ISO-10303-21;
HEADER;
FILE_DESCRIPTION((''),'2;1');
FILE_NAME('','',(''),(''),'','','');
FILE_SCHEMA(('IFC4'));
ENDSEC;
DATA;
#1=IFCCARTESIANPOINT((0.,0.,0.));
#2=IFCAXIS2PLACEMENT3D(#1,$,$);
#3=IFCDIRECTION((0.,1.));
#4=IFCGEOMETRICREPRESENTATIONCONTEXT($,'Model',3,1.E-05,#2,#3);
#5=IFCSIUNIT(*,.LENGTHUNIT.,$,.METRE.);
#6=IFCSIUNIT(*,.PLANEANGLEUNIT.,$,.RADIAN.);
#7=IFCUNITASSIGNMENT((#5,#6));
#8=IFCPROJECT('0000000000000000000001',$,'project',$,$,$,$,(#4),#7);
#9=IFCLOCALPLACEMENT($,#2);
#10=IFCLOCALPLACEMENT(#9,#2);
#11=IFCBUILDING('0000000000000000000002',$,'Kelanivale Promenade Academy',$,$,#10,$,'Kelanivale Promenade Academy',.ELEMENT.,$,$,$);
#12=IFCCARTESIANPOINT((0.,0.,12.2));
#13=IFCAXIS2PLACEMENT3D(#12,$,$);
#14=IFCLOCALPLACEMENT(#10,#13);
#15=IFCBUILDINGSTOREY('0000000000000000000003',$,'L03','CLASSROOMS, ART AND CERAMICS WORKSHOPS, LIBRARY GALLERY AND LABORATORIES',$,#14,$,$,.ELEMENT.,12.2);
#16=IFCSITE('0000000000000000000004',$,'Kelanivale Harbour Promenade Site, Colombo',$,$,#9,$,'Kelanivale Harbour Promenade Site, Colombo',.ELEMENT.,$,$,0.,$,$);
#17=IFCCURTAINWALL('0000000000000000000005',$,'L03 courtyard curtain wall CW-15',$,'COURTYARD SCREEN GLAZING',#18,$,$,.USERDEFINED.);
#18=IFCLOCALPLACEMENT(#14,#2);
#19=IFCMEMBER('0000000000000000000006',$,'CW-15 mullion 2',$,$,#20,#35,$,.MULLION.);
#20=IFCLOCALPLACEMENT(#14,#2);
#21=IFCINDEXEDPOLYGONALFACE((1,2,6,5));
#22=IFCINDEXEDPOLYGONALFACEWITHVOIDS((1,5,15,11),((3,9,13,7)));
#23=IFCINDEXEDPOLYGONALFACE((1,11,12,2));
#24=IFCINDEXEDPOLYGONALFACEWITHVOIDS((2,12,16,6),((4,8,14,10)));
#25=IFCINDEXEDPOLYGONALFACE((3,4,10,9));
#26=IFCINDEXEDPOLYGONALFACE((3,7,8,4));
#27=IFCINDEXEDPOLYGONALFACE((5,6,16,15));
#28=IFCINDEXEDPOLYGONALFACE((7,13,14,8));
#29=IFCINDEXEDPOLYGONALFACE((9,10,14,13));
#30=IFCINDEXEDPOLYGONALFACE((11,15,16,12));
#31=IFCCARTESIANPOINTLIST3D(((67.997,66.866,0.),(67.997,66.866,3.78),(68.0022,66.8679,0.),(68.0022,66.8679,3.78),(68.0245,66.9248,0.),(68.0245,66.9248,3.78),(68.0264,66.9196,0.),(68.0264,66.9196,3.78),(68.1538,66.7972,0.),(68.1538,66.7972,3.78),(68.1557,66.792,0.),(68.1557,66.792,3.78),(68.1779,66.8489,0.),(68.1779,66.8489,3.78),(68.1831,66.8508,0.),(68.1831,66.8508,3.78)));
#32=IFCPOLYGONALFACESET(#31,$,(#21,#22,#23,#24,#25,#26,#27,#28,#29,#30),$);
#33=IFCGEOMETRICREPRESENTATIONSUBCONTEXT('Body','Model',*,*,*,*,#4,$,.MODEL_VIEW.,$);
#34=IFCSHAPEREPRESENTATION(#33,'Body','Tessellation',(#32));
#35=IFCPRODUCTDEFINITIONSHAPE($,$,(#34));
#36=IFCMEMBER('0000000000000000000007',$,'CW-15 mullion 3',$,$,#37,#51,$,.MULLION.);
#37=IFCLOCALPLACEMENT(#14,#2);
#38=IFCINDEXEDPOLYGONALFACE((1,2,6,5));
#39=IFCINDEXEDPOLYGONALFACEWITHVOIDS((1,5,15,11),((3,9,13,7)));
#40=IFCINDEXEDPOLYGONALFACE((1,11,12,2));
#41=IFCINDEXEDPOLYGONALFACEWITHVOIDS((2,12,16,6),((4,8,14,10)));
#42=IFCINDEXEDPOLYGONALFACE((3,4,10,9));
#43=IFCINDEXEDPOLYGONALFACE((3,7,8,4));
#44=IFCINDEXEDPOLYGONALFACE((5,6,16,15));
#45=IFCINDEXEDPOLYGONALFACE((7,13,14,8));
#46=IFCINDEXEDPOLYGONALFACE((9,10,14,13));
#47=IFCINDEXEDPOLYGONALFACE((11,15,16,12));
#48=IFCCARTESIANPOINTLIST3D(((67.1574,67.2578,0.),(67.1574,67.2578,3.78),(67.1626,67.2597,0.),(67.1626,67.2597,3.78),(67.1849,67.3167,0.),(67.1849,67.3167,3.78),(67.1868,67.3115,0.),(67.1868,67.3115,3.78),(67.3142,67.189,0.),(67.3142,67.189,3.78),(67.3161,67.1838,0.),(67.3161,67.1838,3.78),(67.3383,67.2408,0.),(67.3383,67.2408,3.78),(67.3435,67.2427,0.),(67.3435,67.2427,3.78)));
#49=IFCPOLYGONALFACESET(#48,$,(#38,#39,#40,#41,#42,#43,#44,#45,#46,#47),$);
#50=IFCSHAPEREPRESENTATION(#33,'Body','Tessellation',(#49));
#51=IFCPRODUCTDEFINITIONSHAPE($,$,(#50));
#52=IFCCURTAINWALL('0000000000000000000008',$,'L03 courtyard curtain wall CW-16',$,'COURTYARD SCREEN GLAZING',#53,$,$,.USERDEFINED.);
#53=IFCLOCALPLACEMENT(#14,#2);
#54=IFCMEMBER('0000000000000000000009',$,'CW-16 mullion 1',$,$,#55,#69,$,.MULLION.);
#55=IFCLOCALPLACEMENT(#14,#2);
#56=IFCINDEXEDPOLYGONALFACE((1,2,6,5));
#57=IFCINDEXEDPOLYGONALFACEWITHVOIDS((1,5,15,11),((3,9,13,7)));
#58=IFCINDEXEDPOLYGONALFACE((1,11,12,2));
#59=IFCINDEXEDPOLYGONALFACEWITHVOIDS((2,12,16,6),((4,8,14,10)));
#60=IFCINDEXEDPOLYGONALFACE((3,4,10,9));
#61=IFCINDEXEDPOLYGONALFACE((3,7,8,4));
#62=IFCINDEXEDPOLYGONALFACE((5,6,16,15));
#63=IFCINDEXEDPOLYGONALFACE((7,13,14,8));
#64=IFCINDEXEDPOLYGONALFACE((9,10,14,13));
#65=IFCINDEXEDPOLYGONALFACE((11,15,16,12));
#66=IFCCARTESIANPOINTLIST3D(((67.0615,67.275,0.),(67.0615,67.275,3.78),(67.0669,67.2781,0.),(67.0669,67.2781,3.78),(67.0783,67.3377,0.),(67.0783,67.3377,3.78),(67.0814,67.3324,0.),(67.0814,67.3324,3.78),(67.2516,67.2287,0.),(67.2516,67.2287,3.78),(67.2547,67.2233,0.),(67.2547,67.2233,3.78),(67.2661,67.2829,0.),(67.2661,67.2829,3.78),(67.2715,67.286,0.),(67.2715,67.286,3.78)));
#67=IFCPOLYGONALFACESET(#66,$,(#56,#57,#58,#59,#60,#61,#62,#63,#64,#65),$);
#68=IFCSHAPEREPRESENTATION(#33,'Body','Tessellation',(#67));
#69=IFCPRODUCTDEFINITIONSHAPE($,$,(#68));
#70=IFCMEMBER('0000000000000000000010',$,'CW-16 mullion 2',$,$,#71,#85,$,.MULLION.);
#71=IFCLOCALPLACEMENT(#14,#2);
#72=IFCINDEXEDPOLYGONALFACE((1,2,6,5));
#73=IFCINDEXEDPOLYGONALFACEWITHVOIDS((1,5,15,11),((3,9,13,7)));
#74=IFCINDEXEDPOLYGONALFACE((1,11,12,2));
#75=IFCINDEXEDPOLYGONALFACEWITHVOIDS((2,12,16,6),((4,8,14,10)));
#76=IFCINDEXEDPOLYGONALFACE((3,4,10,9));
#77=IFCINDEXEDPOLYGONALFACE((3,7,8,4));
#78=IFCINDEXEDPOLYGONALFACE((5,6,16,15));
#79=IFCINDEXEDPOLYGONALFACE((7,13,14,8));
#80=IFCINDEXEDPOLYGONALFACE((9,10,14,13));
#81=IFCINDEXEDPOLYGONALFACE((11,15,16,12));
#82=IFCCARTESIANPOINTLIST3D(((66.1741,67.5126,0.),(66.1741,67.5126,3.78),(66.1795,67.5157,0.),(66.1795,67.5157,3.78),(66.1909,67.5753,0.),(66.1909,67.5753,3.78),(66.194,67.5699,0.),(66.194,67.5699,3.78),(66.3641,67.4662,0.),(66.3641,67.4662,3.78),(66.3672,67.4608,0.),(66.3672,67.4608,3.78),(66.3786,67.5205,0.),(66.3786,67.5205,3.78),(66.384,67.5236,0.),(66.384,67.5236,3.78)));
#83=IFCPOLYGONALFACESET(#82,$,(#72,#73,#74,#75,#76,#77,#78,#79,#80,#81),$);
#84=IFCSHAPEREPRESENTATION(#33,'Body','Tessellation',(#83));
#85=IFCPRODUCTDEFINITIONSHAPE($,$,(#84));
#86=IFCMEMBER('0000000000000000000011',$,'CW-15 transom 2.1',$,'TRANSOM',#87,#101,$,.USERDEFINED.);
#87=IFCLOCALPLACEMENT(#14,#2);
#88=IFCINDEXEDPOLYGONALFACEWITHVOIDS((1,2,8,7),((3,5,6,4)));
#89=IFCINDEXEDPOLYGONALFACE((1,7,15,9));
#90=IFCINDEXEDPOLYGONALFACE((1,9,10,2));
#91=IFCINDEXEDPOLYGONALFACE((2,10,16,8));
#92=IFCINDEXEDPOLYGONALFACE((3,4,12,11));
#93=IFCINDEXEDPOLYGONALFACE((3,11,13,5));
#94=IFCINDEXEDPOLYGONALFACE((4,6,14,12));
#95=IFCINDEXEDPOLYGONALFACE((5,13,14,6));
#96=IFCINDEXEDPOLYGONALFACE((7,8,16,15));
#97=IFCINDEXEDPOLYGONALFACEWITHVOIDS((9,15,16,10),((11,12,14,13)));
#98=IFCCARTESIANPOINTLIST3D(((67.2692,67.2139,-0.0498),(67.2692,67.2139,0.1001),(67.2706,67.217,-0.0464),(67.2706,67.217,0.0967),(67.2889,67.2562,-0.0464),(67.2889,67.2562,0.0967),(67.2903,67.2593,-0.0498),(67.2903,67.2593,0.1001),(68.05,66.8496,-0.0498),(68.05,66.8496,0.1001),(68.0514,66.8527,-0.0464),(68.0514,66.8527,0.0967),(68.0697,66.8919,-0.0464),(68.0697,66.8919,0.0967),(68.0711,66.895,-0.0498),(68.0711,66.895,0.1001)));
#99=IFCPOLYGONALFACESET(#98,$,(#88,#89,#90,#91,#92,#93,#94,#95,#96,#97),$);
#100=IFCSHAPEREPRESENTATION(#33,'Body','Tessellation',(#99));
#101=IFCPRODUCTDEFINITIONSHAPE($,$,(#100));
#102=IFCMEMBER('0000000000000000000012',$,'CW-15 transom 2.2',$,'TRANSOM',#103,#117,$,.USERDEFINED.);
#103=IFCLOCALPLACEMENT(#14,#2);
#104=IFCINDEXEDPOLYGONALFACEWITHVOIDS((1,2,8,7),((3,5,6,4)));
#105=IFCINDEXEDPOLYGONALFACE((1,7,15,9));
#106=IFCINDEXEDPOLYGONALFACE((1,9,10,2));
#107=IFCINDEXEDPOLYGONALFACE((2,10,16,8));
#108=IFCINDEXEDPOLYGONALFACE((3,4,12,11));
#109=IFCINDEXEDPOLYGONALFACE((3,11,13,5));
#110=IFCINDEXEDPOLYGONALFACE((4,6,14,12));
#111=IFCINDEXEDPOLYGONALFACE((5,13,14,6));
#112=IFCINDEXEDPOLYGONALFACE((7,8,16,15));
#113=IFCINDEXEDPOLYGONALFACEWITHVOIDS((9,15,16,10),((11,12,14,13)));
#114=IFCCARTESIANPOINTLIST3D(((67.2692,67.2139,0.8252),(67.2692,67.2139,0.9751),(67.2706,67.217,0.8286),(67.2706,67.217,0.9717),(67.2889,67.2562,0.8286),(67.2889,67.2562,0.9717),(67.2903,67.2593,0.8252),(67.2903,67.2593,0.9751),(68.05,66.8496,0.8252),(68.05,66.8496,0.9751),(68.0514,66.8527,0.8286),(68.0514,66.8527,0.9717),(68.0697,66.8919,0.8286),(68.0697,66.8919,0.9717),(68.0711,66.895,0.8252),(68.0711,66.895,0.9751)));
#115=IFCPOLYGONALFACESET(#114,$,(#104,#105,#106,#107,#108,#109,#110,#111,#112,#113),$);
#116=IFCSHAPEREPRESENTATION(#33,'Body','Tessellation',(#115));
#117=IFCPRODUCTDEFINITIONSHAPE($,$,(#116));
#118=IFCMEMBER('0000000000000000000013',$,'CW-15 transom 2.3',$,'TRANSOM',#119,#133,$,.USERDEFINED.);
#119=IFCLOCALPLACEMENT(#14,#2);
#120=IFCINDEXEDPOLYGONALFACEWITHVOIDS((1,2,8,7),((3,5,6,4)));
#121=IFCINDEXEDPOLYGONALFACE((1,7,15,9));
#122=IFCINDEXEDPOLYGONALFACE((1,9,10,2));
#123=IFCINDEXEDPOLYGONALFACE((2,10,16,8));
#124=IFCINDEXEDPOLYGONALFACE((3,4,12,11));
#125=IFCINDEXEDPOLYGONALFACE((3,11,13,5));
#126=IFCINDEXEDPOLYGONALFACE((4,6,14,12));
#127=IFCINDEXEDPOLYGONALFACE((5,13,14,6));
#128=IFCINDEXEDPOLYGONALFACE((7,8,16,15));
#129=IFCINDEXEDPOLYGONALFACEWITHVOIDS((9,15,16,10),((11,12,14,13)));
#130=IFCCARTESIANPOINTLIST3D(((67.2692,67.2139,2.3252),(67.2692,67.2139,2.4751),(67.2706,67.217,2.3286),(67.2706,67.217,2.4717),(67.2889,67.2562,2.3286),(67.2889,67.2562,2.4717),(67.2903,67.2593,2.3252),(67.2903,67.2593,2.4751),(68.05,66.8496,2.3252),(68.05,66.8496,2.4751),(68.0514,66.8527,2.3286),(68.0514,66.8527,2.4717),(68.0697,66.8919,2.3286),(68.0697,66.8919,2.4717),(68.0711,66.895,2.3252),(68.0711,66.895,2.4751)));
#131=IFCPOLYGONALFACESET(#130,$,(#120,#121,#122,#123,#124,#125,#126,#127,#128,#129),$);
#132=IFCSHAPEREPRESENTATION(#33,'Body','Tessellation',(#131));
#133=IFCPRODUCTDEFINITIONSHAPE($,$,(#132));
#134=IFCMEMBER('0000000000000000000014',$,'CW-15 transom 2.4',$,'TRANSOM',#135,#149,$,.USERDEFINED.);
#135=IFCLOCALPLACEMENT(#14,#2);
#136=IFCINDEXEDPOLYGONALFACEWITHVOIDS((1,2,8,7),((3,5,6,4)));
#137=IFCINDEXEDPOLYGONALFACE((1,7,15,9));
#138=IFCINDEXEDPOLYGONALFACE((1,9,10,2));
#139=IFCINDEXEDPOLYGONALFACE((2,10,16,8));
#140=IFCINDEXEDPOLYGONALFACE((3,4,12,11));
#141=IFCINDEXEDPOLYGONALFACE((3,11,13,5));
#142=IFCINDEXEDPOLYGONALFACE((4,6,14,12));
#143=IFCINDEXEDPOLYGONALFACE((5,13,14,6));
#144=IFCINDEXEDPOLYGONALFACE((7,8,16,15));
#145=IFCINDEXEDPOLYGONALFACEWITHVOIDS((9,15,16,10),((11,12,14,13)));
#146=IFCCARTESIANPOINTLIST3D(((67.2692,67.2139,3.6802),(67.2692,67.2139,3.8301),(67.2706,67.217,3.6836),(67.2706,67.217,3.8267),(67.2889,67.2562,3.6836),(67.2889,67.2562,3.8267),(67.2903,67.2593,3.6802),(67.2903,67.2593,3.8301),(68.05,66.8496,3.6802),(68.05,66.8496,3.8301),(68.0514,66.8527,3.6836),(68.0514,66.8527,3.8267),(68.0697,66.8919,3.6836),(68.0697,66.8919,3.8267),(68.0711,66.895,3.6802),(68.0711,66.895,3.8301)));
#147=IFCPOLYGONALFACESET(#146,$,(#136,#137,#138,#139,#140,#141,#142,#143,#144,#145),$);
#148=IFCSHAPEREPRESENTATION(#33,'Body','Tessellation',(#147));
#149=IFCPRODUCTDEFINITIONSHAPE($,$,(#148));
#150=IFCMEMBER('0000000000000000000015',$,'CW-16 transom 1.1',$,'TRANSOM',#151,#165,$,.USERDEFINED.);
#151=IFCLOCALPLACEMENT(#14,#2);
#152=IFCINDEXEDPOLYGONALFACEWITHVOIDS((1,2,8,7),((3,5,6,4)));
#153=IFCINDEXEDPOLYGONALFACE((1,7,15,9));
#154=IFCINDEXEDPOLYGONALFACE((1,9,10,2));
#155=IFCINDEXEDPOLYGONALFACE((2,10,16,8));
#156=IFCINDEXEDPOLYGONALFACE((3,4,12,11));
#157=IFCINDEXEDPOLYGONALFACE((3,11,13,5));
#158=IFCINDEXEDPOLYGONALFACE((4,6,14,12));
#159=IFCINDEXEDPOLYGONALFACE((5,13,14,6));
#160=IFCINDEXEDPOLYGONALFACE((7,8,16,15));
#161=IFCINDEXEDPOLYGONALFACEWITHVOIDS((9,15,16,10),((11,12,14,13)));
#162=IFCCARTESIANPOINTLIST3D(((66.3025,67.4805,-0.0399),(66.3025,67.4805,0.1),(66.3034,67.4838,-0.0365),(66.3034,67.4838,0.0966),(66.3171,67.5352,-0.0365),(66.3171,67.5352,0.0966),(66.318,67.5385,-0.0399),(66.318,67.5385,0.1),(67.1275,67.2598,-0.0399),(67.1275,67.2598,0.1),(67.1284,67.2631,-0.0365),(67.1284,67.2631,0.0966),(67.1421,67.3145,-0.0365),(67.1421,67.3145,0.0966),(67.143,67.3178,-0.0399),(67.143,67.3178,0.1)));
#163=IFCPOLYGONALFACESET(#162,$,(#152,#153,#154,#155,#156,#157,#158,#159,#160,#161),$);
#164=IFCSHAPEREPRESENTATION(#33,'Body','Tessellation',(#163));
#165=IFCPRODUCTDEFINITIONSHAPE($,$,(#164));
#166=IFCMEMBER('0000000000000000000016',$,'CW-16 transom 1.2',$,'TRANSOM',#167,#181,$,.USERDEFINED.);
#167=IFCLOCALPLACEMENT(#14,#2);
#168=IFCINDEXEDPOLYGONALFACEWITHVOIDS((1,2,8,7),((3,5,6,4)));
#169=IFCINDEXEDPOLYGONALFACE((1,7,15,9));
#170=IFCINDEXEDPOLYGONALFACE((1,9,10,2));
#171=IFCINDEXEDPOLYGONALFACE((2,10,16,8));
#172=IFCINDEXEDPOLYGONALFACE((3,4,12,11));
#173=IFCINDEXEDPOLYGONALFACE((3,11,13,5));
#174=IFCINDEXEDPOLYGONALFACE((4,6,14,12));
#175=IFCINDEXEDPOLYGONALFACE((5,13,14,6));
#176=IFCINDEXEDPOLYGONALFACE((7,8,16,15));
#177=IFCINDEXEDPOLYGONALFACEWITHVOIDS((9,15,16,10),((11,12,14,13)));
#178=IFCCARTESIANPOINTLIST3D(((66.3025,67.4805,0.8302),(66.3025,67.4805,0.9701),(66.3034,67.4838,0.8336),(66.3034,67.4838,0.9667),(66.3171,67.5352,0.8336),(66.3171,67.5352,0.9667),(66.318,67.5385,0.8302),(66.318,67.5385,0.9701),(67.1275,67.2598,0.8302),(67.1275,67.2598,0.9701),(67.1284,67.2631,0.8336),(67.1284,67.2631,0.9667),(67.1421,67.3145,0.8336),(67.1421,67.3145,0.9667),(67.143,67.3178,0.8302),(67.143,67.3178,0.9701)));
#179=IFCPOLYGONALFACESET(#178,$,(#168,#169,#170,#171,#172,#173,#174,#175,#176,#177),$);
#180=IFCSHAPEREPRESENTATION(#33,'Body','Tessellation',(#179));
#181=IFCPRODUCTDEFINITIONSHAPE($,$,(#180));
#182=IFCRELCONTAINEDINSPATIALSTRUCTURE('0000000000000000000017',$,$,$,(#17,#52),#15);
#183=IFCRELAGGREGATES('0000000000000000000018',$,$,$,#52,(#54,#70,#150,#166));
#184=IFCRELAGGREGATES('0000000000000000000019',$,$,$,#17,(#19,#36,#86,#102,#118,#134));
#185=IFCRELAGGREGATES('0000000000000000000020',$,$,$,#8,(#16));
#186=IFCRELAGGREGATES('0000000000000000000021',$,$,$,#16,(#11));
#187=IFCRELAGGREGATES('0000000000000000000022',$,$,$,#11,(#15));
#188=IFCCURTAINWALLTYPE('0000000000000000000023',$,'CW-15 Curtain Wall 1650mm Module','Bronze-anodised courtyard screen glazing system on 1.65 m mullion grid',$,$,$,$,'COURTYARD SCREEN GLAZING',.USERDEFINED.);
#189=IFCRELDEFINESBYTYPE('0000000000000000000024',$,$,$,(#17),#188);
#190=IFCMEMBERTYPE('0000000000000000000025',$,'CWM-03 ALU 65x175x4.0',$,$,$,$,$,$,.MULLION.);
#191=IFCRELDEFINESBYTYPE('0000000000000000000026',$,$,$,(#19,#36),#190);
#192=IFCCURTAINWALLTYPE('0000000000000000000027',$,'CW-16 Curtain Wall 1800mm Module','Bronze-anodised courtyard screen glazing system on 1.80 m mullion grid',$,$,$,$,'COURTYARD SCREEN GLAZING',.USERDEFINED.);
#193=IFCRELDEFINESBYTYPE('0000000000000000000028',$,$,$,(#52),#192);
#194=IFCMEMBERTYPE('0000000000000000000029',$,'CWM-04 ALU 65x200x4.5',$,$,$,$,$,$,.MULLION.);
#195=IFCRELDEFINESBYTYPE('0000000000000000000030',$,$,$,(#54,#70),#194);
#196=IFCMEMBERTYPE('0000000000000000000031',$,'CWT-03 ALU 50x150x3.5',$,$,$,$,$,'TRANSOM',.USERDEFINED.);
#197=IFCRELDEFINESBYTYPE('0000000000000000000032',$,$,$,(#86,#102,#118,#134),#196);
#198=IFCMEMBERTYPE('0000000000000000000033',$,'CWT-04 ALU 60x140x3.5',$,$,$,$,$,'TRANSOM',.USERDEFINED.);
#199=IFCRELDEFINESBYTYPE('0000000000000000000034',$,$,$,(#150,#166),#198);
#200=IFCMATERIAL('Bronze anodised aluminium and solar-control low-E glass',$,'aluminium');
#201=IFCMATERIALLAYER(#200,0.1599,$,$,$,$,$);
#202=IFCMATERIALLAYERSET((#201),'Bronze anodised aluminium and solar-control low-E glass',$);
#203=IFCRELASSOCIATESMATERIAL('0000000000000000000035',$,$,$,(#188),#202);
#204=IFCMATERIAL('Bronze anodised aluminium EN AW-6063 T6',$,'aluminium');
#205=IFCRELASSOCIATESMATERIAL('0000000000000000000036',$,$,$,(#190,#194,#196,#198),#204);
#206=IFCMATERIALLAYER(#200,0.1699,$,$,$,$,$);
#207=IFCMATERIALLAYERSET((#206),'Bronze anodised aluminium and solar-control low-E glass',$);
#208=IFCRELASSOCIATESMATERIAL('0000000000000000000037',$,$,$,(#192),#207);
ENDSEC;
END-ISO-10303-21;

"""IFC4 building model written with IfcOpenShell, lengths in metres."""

from ifc_helpers import new_model, si_unit, direction, frame, origin, origin_2d, place, context, subcontext, project, spatial, hollow_rectangle, extrude, material, layer, layer_set, material_profile, profile_set, type_object, element, aggregate, save


model = new_model("IFC4")

# Units and contexts
model_context = context("Model", 3, precision=1e-05, world=origin(), true_north=direction((0.0, 1.0)))
body_context = subcontext(model_context, "Body", "Model", "MODEL_VIEW")
ifc_project = project(units=[si_unit("LENGTHUNIT", "METRE"), si_unit("PLANEANGLEUNIT", "RADIAN")], contexts=[model_context])

# Site, building, storey
site_placement = place(None, origin())
site = spatial("IfcSite", under=ifc_project, at=site_placement, Name="Kelanivale Harbour Promenade Site, Colombo", LongName="Kelanivale Harbour Promenade Site, Colombo", CompositionType="ELEMENT", RefElevation=0.0)
building_placement = place(site_placement, origin())
building = spatial("IfcBuilding", under=site, at=building_placement, Name="Kelanivale Promenade Academy", LongName="Kelanivale Promenade Academy", CompositionType="ELEMENT")
storey_placement = place(building_placement, frame((0.0, 0.0, 12.2)))
storey = spatial("IfcBuildingStorey", under=building, at=storey_placement, Name="L03", Description="CLASSROOMS, ART AND CERAMICS WORKSHOPS, LIBRARY GALLERY AND LABORATORIES", CompositionType="ELEMENT", Elevation=12.2)

# Curtain walls, members
ifc_material_1 = material(Name="Bronze anodised aluminium and solar-control low-E glass", Category="aluminium")
ifc_layer_1 = layer(ifc_material_1, 0.1599)
ifc_layer_set_1 = layer_set([ifc_layer_1], Name="Bronze anodised aluminium and solar-control low-E glass")
curtain_wall_type_1 = type_object("IfcCurtainWallType", Name="CW-15 Curtain Wall 1650mm Module", Description="Bronze-anodised courtyard screen glazing system on 1.65 m mullion grid", ElementType="COURTYARD SCREEN GLAZING", PredefinedType="USERDEFINED", material=ifc_layer_set_1)
curtain_wall_1_placement = place(storey_placement, origin())
curtain_wall_1 = element("IfcCurtainWall", 1, at=curtain_wall_1_placement, inside=storey, type_object=curtain_wall_type_1, Name="L03 courtyard curtain wall CW-15", ObjectType="COURTYARD SCREEN GLAZING", PredefinedType="USERDEFINED")
ifc_material_2 = material(Name="Bronze anodised aluminium EN AW-6063 T6", Category="aluminium")
ifc_material_profile_1 = material_profile(ifc_material_2, hollow_rectangle(XDim=0.0649, YDim=0.175, WallThickness=0.0039, at=origin_2d()), Name="ALU 65x175x4.0")
ifc_profile_set_1 = profile_set([ifc_material_profile_1], Name="Bronze anodised aluminium EN AW-6063 T6")
member_type_1 = type_object("IfcMemberType", Name="CWM-03 ALU 65x175x4.0", PredefinedType="MULLION", material=ifc_profile_set_1)
member_1_placement = place(storey_placement, frame((68.0901, 66.8584, 0.0), z_axis=(0.0, 0.0, 1.0), x_axis=(-0.422857, -0.906196, 0.0)))
member_1 = element("IfcMember", 2, at=member_1_placement, type_object=member_type_1, Name="CW-15 mullion 2", PredefinedType="MULLION", context=body_context, shape_type="SweptSolid", body=[
    extrude(hollow_rectangle(XDim=0.0649, YDim=0.175, WallThickness=0.0039, at=origin_2d()), origin(), (0.0, 0.0, 1.0), 3.78),
])
member_2_placement = place(storey_placement, frame((67.2505, 67.2502, 0.0), z_axis=(0.0, 0.0, 1.0), x_axis=(-0.422857, -0.906196, 0.0)))
member_2 = element("IfcMember", 3, at=member_2_placement, type_object=member_type_1, Name="CW-15 mullion 3", PredefinedType="MULLION", context=body_context, shape_type="SweptSolid", body=[
    extrude(hollow_rectangle(XDim=0.0649, YDim=0.175, WallThickness=0.0039, at=origin_2d()), origin(), (0.0, 0.0, 1.0), 3.78),
])
ifc_layer_2 = layer(ifc_material_1, 0.1699)
ifc_layer_set_2 = layer_set([ifc_layer_2], Name="Bronze anodised aluminium and solar-control low-E glass")
curtain_wall_type_2 = type_object("IfcCurtainWallType", Name="CW-16 Curtain Wall 1800mm Module", Description="Bronze-anodised courtyard screen glazing system on 1.80 m mullion grid", ElementType="COURTYARD SCREEN GLAZING", PredefinedType="USERDEFINED", material=ifc_layer_set_2)
curtain_wall_2_placement = place(storey_placement, origin())
curtain_wall_2 = element("IfcCurtainWall", 4, at=curtain_wall_2_placement, inside=storey, type_object=curtain_wall_type_2, Name="L03 courtyard curtain wall CW-16", ObjectType="COURTYARD SCREEN GLAZING", PredefinedType="USERDEFINED")
ifc_material_profile_2 = material_profile(ifc_material_2, hollow_rectangle(XDim=0.0649, YDim=0.2, WallThickness=0.0044, at=origin_2d()), Name="ALU 65x200x4.5")
ifc_profile_set_2 = profile_set([ifc_material_profile_2], Name="Bronze anodised aluminium EN AW-6063 T6")
member_type_2 = type_object("IfcMemberType", Name="CWM-04 ALU 65x200x4.5", PredefinedType="MULLION", material=ifc_profile_set_2)
member_3_placement = place(storey_placement, frame((67.1665, 67.2805, 0.0), z_axis=(0.0, 0.0, 1.0), x_axis=(-0.258578, -0.96599, 0.0)))
member_3 = element("IfcMember", 5, at=member_3_placement, type_object=member_type_2, Name="CW-16 mullion 1", PredefinedType="MULLION", context=body_context, shape_type="SweptSolid", body=[
    extrude(hollow_rectangle(XDim=0.0649, YDim=0.2, WallThickness=0.0044, at=origin_2d()), origin(), (0.0, 0.0, 1.0), 3.78),
])
member_4_placement = place(storey_placement, frame((66.2791, 67.5181, 0.0), z_axis=(0.0, 0.0, 1.0), x_axis=(-0.258578, -0.96599, 0.0)))
member_4 = element("IfcMember", 6, at=member_4_placement, type_object=member_type_2, Name="CW-16 mullion 2", PredefinedType="MULLION", context=body_context, shape_type="SweptSolid", body=[
    extrude(hollow_rectangle(XDim=0.0649, YDim=0.2, WallThickness=0.0044, at=origin_2d()), origin(), (0.0, 0.0, 1.0), 3.78),
])

# Members
ifc_material_profile_3 = material_profile(ifc_material_2, hollow_rectangle(XDim=0.05, YDim=0.1499, WallThickness=0.0034, at=origin_2d()), Name="ALU 50x150x3.5")
ifc_profile_set_3 = profile_set([ifc_material_profile_3], Name="Bronze anodised aluminium EN AW-6063 T6")
member_type_3 = type_object("IfcMemberType", Name="CWT-03 ALU 50x150x3.5", ElementType="TRANSOM", PredefinedType="USERDEFINED", material=ifc_profile_set_3)
member_5_placement = place(storey_placement, frame((68.0605, 66.8723, 0.0251), z_axis=(-0.906227, 0.422792, 0.0), x_axis=(-0.422792, -0.906227, 0.0)))
member_5 = element("IfcMember", 7, at=member_5_placement, type_object=member_type_3, Name="CW-15 transom 2.1", ObjectType="TRANSOM", PredefinedType="USERDEFINED", context=body_context, shape_type="SweptSolid", body=[
    extrude(hollow_rectangle(XDim=0.05, YDim=0.1499, WallThickness=0.0034, at=origin_2d()), origin(), (0.0, 0.0, 1.0), 0.8616),
])
member_6_placement = place(storey_placement, frame((68.0605, 66.8723, 0.9001), z_axis=(-0.906227, 0.422792, 0.0), x_axis=(-0.422792, -0.906227, 0.0)))
member_6 = element("IfcMember", 8, at=member_6_placement, type_object=member_type_3, Name="CW-15 transom 2.2", ObjectType="TRANSOM", PredefinedType="USERDEFINED", context=body_context, shape_type="SweptSolid", body=[
    extrude(hollow_rectangle(XDim=0.05, YDim=0.1499, WallThickness=0.0034, at=origin_2d()), origin(), (0.0, 0.0, 1.0), 0.8616),
])
member_7_placement = place(storey_placement, frame((68.0605, 66.8723, 2.4001), z_axis=(-0.906227, 0.422792, 0.0), x_axis=(-0.422792, -0.906227, 0.0)))
member_7 = element("IfcMember", 9, at=member_7_placement, type_object=member_type_3, Name="CW-15 transom 2.3", ObjectType="TRANSOM", PredefinedType="USERDEFINED", context=body_context, shape_type="SweptSolid", body=[
    extrude(hollow_rectangle(XDim=0.05, YDim=0.1499, WallThickness=0.0034, at=origin_2d()), origin(), (0.0, 0.0, 1.0), 0.8616),
])
member_8_placement = place(storey_placement, frame((68.0605, 66.8723, 3.7551), z_axis=(-0.906227, 0.422792, 0.0), x_axis=(-0.422792, -0.906227, 0.0)))
member_8 = element("IfcMember", 10, at=member_8_placement, type_object=member_type_3, Name="CW-15 transom 2.4", ObjectType="TRANSOM", PredefinedType="USERDEFINED", context=body_context, shape_type="SweptSolid", body=[
    extrude(hollow_rectangle(XDim=0.05, YDim=0.1499, WallThickness=0.0034, at=origin_2d()), origin(), (0.0, 0.0, 1.0), 0.8616),
])
ifc_material_profile_4 = material_profile(ifc_material_2, hollow_rectangle(XDim=0.0601, YDim=0.1399, WallThickness=0.0034, at=origin_2d()), Name="ALU 60x140x3.5")
ifc_profile_set_4 = profile_set([ifc_material_profile_4], Name="Bronze anodised aluminium EN AW-6063 T6")
member_type_4 = type_object("IfcMemberType", Name="CWT-04 ALU 60x140x3.5", ElementType="TRANSOM", PredefinedType="USERDEFINED", material=ifc_profile_set_4)
member_9_placement = place(storey_placement, frame((67.1353, 67.2888, 0.03), z_axis=(-0.966026, 0.258446, 0.0), x_axis=(-0.258446, -0.966026, 0.0)))
member_9 = element("IfcMember", 11, at=member_9_placement, type_object=member_type_4, Name="CW-16 transom 1.1", ObjectType="TRANSOM", PredefinedType="USERDEFINED", context=body_context, shape_type="SweptSolid", body=[
    extrude(hollow_rectangle(XDim=0.0601, YDim=0.1399, WallThickness=0.0034, at=origin_2d()), origin(), (0.0, 0.0, 1.0), 0.854),
])
member_10_placement = place(storey_placement, frame((67.1353, 67.2888, 0.9001), z_axis=(-0.966026, 0.258446, 0.0), x_axis=(-0.258446, -0.966026, 0.0)))
member_10 = element("IfcMember", 12, at=member_10_placement, type_object=member_type_4, Name="CW-16 transom 1.2", ObjectType="TRANSOM", PredefinedType="USERDEFINED", context=body_context, shape_type="SweptSolid", body=[
    extrude(hollow_rectangle(XDim=0.0601, YDim=0.1399, WallThickness=0.0034, at=origin_2d()), origin(), (0.0, 0.0, 1.0), 0.854),
])

aggregate(curtain_wall_2, [member_3, member_4, member_9, member_10])
aggregate(curtain_wall_1, [member_1, member_2, member_5, member_6, member_7, member_8])

save(model, "model.ifc")
